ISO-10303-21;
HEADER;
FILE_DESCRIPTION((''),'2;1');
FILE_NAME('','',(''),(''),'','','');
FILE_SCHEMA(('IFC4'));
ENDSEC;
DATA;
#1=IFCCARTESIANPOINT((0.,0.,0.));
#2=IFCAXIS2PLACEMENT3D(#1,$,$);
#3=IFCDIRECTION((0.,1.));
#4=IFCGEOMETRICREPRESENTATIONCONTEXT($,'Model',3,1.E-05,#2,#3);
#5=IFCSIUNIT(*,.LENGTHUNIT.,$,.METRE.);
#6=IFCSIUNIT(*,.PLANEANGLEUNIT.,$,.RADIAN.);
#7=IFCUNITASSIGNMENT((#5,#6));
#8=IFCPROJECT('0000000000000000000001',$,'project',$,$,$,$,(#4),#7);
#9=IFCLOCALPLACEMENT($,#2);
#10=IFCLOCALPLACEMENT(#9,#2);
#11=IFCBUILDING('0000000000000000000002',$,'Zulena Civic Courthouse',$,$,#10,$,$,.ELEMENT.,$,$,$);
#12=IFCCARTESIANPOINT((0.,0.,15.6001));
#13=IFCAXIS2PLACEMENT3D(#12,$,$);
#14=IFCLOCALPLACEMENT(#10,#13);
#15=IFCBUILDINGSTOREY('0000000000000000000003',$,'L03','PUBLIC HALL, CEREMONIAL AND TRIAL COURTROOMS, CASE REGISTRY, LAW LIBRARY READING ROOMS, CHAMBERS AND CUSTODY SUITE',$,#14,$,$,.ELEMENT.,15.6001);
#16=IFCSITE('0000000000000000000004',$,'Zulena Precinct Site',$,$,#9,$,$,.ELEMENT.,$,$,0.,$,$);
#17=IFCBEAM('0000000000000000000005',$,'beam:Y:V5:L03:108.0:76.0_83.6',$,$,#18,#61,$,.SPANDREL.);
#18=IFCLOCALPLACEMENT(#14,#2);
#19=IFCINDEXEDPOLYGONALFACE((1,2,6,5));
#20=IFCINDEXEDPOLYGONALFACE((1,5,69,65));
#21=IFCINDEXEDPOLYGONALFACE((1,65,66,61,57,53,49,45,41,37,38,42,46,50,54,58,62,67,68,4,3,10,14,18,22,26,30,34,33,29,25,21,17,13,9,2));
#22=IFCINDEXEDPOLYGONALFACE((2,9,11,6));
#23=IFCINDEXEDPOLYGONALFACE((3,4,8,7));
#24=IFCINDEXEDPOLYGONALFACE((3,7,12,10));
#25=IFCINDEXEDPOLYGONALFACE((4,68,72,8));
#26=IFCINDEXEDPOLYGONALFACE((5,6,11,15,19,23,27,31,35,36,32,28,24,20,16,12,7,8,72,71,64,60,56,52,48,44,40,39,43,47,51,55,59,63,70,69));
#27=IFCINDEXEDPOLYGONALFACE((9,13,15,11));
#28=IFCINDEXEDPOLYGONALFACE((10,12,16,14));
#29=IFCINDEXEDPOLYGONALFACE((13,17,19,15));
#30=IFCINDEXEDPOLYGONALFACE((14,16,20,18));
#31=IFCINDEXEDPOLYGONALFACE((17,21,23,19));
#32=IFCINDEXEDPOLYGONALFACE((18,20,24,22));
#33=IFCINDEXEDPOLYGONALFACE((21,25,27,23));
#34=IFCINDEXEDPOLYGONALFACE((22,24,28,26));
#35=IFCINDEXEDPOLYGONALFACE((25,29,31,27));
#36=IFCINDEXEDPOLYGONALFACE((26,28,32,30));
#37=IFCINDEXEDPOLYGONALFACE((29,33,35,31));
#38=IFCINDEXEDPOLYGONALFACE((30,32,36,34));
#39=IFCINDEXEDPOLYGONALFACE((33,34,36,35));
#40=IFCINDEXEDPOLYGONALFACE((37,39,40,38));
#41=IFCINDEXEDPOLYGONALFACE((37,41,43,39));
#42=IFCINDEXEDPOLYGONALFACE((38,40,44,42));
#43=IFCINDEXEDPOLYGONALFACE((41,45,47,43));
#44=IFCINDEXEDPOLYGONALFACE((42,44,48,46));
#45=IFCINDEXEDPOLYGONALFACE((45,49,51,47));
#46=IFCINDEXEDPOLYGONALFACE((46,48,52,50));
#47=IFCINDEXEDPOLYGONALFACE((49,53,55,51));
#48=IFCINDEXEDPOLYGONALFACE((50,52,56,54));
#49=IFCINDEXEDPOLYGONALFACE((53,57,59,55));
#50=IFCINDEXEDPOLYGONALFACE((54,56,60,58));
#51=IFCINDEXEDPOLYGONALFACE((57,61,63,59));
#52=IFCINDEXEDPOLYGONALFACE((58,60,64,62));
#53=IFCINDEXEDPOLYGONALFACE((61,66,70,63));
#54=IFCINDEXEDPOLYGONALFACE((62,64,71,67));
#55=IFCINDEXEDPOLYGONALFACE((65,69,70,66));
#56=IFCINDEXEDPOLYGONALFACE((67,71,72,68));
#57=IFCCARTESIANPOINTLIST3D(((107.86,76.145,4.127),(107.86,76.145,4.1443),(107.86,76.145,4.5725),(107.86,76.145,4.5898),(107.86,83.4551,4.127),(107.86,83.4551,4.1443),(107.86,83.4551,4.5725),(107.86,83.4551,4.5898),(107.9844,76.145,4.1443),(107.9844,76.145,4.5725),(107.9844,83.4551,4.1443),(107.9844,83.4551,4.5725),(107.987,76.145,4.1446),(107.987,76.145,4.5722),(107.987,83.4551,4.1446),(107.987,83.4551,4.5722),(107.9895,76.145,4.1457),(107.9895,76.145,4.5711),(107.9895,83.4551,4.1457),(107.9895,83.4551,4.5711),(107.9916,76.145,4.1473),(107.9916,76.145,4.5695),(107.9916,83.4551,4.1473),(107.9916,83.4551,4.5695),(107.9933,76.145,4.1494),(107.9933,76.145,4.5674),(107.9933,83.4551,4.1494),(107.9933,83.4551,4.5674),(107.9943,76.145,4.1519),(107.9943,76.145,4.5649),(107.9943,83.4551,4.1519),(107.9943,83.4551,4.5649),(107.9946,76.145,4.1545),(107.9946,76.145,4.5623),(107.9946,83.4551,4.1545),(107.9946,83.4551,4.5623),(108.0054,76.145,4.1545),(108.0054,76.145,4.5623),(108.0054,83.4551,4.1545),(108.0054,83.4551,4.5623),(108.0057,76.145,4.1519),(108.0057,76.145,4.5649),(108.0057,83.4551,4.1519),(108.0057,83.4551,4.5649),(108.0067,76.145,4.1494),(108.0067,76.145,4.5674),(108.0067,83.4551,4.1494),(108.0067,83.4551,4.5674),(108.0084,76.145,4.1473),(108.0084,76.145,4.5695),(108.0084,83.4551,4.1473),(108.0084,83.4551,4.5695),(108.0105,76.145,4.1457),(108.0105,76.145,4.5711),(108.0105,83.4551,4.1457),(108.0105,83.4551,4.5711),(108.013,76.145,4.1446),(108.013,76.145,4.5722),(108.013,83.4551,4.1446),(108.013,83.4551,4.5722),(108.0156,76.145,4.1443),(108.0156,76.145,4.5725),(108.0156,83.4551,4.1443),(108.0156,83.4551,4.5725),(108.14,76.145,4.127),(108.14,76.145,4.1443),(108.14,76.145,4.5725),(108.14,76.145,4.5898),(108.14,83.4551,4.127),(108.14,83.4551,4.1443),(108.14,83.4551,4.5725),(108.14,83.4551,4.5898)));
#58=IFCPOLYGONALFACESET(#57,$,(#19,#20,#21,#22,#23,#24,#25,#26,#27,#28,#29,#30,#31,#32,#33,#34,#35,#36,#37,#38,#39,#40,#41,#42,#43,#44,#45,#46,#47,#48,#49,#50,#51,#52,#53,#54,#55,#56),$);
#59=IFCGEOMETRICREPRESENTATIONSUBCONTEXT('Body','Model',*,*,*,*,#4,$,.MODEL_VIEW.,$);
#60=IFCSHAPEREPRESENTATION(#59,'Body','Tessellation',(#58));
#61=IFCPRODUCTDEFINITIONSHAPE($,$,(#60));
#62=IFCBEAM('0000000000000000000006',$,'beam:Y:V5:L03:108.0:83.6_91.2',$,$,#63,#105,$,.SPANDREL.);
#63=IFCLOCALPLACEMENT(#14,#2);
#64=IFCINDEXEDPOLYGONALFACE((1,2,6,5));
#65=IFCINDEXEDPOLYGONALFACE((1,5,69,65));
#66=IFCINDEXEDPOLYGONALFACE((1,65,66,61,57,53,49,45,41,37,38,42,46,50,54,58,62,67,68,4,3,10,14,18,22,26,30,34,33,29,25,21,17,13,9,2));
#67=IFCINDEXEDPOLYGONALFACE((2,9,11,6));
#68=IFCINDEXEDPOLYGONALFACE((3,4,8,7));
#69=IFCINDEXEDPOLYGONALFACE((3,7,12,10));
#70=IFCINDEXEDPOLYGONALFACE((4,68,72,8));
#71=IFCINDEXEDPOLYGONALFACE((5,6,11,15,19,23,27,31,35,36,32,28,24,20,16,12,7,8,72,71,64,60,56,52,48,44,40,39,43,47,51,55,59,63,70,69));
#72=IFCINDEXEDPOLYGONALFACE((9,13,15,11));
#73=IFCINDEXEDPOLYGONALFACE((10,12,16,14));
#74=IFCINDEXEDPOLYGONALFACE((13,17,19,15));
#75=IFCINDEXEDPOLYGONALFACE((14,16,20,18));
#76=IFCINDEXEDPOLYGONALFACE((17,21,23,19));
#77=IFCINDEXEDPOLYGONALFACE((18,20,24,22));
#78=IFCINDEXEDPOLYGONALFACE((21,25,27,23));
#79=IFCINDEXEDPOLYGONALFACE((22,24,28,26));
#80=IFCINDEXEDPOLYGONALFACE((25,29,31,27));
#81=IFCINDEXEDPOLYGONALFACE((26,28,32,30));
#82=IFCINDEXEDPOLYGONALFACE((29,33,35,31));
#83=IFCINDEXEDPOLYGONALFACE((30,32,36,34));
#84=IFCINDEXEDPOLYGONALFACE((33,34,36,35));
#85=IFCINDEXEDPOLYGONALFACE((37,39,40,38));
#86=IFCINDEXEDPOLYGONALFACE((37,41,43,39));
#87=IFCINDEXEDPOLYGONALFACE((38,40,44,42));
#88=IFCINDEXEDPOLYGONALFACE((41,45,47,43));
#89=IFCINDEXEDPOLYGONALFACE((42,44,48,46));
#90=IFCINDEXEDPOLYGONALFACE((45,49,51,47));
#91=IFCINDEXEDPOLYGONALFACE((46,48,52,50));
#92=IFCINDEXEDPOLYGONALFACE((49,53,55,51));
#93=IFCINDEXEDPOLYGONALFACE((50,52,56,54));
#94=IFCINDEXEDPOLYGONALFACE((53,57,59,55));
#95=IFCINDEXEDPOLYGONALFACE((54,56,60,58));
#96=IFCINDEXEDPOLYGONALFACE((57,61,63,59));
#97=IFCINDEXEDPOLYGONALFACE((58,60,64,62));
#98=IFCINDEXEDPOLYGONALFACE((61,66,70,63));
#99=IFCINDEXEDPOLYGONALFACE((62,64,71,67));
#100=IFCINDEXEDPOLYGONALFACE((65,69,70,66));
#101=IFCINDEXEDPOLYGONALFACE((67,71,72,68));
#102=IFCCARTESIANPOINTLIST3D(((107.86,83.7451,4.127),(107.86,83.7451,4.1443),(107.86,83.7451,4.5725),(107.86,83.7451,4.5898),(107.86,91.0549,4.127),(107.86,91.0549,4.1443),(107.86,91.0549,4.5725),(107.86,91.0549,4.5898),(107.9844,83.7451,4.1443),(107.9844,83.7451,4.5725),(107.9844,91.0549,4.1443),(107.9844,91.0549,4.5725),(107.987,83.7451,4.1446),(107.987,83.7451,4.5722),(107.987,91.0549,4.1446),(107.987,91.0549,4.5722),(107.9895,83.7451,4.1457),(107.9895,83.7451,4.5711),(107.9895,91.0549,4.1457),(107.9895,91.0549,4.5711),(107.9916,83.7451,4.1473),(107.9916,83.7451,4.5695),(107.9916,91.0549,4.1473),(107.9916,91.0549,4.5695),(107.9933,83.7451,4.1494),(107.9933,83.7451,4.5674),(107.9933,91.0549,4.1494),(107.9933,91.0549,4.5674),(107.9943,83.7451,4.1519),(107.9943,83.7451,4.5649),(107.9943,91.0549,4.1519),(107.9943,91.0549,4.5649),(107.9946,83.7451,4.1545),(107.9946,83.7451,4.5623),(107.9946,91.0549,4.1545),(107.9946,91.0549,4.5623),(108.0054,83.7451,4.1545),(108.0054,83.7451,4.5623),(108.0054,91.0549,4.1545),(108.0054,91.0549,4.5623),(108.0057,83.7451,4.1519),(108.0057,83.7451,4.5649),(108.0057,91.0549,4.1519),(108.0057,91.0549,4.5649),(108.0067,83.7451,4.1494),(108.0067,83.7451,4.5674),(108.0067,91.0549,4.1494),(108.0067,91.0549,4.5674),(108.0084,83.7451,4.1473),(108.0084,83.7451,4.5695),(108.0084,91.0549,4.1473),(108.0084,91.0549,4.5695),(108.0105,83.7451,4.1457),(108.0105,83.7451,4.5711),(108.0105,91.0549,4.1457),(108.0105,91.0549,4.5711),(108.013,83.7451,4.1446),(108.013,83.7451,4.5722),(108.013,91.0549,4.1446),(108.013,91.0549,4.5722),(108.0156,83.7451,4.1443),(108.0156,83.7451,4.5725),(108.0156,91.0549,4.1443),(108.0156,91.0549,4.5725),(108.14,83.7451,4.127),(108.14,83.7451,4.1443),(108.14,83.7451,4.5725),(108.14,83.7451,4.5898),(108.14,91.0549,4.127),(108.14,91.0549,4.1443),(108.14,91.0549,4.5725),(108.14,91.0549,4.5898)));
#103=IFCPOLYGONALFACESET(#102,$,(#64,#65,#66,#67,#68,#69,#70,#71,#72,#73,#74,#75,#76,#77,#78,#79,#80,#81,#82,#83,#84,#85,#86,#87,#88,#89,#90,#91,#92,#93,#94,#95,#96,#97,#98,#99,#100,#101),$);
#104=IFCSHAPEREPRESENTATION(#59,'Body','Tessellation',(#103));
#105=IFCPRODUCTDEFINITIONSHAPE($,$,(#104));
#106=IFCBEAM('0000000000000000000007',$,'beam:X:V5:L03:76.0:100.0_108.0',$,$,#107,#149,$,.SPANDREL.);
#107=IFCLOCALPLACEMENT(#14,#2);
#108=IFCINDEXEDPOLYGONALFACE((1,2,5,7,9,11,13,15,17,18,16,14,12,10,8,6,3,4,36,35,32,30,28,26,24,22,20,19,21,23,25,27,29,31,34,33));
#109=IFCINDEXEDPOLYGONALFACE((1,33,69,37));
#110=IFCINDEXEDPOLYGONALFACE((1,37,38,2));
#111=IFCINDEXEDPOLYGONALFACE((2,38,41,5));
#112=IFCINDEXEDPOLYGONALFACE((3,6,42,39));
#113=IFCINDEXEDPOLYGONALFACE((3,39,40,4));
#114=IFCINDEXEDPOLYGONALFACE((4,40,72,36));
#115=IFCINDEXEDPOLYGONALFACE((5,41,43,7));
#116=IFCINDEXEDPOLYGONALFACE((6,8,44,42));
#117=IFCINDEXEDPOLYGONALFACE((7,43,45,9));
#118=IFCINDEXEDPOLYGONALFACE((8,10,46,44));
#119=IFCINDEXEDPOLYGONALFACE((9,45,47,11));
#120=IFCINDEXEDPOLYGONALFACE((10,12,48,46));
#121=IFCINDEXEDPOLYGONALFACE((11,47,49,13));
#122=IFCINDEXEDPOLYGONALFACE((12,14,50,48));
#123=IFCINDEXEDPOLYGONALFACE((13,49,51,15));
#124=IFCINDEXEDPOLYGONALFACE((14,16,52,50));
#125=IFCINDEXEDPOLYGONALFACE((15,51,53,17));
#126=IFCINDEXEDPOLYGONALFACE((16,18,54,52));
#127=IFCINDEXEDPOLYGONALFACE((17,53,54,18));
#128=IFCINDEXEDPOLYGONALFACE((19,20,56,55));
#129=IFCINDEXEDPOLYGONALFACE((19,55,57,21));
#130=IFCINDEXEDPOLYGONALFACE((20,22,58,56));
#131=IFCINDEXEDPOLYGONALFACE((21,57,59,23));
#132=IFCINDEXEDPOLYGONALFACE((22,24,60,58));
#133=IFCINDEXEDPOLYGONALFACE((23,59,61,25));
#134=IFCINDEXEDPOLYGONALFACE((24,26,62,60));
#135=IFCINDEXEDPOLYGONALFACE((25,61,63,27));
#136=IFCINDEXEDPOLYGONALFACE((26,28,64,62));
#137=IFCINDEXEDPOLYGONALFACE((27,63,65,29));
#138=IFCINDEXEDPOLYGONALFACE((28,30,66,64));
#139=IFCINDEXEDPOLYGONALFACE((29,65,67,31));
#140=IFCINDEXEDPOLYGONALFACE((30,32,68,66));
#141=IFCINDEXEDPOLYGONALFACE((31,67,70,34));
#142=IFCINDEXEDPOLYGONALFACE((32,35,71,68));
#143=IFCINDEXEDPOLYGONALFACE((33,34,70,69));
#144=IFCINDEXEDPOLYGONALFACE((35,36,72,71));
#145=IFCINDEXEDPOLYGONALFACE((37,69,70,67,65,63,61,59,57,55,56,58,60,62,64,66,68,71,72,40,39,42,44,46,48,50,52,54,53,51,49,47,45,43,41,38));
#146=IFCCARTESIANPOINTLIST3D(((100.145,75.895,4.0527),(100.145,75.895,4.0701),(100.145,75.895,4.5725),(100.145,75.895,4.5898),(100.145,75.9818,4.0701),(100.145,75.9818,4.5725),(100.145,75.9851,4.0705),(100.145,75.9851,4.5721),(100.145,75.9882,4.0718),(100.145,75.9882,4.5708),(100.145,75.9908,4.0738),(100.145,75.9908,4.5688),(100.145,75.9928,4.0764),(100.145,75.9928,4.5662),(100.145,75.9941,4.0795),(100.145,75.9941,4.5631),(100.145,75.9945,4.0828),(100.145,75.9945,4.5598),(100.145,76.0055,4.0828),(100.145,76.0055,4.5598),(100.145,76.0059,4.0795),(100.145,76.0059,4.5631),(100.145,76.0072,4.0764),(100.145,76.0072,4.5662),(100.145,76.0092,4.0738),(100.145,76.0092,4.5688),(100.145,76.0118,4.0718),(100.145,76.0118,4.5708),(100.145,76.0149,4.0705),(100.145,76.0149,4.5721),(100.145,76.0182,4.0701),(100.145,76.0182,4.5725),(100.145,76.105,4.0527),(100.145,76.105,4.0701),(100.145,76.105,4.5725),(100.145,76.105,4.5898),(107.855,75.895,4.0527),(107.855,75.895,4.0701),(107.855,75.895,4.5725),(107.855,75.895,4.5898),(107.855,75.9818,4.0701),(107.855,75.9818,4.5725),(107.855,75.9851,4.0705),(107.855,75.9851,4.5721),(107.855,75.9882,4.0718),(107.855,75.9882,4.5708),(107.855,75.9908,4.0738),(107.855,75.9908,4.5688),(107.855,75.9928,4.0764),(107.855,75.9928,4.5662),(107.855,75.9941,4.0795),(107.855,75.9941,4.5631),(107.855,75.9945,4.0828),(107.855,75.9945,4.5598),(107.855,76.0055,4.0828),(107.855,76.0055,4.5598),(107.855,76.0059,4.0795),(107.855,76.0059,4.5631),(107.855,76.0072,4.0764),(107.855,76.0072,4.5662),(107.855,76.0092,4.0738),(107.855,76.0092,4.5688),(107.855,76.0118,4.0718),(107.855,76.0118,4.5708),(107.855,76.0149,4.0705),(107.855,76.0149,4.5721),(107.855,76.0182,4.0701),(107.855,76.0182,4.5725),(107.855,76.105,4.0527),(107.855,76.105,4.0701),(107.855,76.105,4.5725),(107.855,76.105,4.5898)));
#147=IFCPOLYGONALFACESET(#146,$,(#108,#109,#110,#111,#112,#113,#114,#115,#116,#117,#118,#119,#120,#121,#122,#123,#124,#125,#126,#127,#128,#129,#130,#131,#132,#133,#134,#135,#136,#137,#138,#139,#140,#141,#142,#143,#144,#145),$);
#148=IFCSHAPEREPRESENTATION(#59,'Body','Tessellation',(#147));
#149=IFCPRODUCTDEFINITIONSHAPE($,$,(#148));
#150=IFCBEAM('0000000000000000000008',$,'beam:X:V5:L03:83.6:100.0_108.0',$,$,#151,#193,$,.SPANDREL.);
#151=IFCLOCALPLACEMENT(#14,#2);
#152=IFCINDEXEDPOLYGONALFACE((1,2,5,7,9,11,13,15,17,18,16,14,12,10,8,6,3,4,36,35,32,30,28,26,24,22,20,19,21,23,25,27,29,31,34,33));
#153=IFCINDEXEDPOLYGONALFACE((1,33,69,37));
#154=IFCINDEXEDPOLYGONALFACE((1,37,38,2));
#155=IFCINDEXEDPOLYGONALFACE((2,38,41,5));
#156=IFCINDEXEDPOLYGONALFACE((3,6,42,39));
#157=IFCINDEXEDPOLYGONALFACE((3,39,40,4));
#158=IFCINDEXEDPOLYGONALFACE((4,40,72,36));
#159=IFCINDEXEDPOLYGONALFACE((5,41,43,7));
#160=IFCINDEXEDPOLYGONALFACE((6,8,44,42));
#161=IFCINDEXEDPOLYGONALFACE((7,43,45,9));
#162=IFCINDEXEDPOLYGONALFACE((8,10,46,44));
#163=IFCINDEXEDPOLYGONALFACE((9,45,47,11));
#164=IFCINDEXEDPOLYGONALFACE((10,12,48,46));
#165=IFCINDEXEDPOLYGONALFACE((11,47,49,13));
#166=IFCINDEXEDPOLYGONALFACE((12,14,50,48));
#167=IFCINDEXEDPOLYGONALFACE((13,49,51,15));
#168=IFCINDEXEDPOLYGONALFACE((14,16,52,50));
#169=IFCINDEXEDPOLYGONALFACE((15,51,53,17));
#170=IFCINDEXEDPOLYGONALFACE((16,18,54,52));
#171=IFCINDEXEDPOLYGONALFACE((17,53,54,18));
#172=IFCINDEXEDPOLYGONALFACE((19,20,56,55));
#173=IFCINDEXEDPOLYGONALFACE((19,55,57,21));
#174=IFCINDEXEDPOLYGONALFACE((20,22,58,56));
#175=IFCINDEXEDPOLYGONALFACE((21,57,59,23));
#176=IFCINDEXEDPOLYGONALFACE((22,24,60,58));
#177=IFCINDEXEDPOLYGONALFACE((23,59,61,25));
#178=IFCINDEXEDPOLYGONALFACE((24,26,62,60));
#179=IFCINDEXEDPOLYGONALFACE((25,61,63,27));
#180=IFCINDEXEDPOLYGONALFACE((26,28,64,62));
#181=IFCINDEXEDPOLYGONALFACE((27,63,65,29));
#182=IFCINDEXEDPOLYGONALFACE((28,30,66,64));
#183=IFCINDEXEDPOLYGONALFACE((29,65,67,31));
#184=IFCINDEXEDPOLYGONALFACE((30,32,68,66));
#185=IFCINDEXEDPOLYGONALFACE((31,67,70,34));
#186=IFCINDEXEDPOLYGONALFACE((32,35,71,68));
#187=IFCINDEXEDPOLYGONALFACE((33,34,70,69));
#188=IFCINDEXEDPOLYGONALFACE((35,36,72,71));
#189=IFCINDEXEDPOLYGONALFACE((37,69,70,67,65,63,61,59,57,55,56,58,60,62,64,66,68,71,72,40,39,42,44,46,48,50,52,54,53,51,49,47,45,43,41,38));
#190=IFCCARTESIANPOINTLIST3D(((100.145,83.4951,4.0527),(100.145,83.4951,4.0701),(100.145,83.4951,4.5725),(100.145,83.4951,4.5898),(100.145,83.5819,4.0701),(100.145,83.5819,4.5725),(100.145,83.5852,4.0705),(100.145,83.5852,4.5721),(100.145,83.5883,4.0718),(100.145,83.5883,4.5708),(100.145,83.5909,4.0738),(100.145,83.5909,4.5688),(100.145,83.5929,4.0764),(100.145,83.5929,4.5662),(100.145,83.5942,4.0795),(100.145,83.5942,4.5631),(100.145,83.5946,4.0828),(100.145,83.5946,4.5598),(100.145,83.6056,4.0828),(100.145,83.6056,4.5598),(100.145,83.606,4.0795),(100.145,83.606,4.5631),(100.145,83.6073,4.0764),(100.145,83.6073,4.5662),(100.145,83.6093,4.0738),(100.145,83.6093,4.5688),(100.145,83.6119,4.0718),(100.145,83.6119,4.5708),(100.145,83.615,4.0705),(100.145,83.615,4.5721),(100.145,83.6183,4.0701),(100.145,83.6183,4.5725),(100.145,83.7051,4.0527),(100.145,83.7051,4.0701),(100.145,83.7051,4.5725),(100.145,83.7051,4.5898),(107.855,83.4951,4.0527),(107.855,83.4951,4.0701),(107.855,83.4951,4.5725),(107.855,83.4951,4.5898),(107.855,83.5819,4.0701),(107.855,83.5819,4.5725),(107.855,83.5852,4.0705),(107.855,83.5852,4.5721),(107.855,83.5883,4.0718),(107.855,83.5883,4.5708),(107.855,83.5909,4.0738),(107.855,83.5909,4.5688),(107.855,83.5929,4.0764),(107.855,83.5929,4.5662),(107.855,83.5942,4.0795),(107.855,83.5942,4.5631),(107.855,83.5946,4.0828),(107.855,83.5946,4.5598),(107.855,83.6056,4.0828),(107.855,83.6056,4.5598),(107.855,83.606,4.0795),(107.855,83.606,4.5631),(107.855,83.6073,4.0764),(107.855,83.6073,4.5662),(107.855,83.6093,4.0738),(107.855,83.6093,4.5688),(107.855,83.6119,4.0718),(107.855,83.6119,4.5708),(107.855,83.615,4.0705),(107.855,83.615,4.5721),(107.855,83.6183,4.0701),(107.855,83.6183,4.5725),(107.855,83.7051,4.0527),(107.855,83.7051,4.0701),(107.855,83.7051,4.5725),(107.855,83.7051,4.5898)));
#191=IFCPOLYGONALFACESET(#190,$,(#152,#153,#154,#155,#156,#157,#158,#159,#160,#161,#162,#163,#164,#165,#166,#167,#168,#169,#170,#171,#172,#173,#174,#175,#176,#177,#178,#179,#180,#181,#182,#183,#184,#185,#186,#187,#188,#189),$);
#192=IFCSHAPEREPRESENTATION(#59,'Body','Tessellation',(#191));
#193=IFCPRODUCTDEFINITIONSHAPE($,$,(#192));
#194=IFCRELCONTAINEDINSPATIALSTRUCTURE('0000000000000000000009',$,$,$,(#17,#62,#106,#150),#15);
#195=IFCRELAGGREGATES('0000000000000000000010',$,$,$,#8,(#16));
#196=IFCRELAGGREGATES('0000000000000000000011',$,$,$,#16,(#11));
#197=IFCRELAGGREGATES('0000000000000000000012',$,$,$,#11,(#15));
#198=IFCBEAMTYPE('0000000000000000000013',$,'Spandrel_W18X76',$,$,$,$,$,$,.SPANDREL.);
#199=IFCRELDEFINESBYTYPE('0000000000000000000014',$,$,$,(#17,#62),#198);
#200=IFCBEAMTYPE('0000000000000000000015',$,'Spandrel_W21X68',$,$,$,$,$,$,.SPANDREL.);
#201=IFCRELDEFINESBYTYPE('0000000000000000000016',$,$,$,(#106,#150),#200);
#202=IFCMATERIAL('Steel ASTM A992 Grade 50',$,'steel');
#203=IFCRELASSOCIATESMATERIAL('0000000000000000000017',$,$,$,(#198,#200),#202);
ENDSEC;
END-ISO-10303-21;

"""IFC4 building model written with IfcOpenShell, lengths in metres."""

from ifc_helpers import new_model, si_unit, direction, frame, origin, origin_2d, place, context, subcontext, project, spatial, i_section, extrude, material, material_profile, profile_set, type_object, element, save


model = new_model("IFC4")

# Units and contexts
model_context = context("Model", 3, precision=1e-05, world=origin(), true_north=direction((0.0, 1.0)))
body_context = subcontext(model_context, "Body", "Model", "MODEL_VIEW")
ifc_project = project(units=[si_unit("LENGTHUNIT", "METRE"), si_unit("PLANEANGLEUNIT", "RADIAN")], contexts=[model_context])

# Site, building, storey
site_placement = place(None, origin())
site = spatial("IfcSite", under=ifc_project, at=site_placement, Name="Zulena Precinct Site", CompositionType="ELEMENT", RefElevation=0.0)
building_placement = place(site_placement, origin())
building = spatial("IfcBuilding", under=site, at=building_placement, Name="Zulena Civic Courthouse", CompositionType="ELEMENT")
storey_placement = place(building_placement, frame((0.0, 0.0, 15.6001)))
storey = spatial("IfcBuildingStorey", under=building, at=storey_placement, Name="L03", Description="PUBLIC HALL, CEREMONIAL AND TRIAL COURTROOMS, CASE REGISTRY, LAW LIBRARY READING ROOMS, CHAMBERS AND CUSTODY SUITE", CompositionType="ELEMENT", Elevation=15.6001)

# Shared definitions
ifc_material_1 = material(Name="Steel ASTM A992 Grade 50", Category="steel")

# Beams
ifc_material_profile_1 = material_profile(ifc_material_1, i_section(OverallWidth=0.28, OverallDepth=0.4629, WebThickness=0.0107, FlangeThickness=0.0173, FilletRadius=0.0103, at=origin_2d()), Name="W18X76")
ifc_profile_set_1 = profile_set([ifc_material_profile_1], Name="Steel ASTM A992 Grade 50")
beam_type_1 = type_object("IfcBeamType", Name="Spandrel_W18X76", PredefinedType="SPANDREL", material=ifc_profile_set_1)
for number, where, z_axis, x_axis, name in (
    (1, (108.0, 76.145, 4.3584), (0.0, 1.0, 0.0), (-1.0, 0.0, 0.0), "beam:Y:V5:L03:108.0:76.0_83.6"),
):
    element("IfcBeam", number, at=place(storey_placement, frame(where, z_axis=z_axis, x_axis=x_axis)), inside=storey, type_object=beam_type_1, Name=name, PredefinedType="SPANDREL", context=body_context, shape_type="SweptSolid", body=[
        extrude(i_section(OverallWidth=0.28, OverallDepth=0.4629, WebThickness=0.0107, FlangeThickness=0.0173, FilletRadius=0.0103, at=origin_2d()), origin(), (0.0, 0.0, 1.0), 7.3101),
    ])
beam_1_placement = place(storey_placement, frame((108.0, 83.7451, 4.3584), z_axis=(0.0, 1.0, 0.0), x_axis=(-1.0, 0.0, 0.0)))
element("IfcBeam", 2, at=beam_1_placement, inside=storey, type_object=beam_type_1, Name="beam:Y:V5:L03:108.0:83.6_91.2", PredefinedType="SPANDREL", context=body_context, shape_type="SweptSolid", body=[
    extrude(i_section(OverallWidth=0.28, OverallDepth=0.4629, WebThickness=0.0107, FlangeThickness=0.0173, FilletRadius=0.0103, at=origin_2d()), origin(), (0.0, 0.0, 1.0), 7.3098),
])
ifc_material_profile_2 = material_profile(ifc_material_1, i_section(OverallWidth=0.21, OverallDepth=0.5371, WebThickness=0.011, FlangeThickness=0.0173, FilletRadius=0.0127, at=origin_2d()), Name="W21X68")
ifc_profile_set_2 = profile_set([ifc_material_profile_2], Name="Steel ASTM A992 Grade 50")
beam_type_2 = type_object("IfcBeamType", Name="Spandrel_W21X68", PredefinedType="SPANDREL", material=ifc_profile_set_2)
for number, where, z_axis, x_axis, name in (
    (3, (100.145, 76.0, 4.3213), (1.0, 0.0, 0.0), (0.0, 1.0, 0.0), "beam:X:V5:L03:76.0:100.0_108.0"),
    (4, (100.145, 83.6001, 4.3213), (1.0, 0.0, 0.0), (0.0, 1.0, 0.0), "beam:X:V5:L03:83.6:100.0_108.0"),
):
    element("IfcBeam", number, at=place(storey_placement, frame(where, z_axis=z_axis, x_axis=x_axis)), inside=storey, type_object=beam_type_2, Name=name, PredefinedType="SPANDREL", context=body_context, shape_type="SweptSolid", body=[
        extrude(i_section(OverallWidth=0.21, OverallDepth=0.5371, WebThickness=0.011, FlangeThickness=0.0173, FilletRadius=0.0127, at=origin_2d()), origin(), (0.0, 0.0, 1.0), 7.71),
    ])

save(model, "model.ifc")
